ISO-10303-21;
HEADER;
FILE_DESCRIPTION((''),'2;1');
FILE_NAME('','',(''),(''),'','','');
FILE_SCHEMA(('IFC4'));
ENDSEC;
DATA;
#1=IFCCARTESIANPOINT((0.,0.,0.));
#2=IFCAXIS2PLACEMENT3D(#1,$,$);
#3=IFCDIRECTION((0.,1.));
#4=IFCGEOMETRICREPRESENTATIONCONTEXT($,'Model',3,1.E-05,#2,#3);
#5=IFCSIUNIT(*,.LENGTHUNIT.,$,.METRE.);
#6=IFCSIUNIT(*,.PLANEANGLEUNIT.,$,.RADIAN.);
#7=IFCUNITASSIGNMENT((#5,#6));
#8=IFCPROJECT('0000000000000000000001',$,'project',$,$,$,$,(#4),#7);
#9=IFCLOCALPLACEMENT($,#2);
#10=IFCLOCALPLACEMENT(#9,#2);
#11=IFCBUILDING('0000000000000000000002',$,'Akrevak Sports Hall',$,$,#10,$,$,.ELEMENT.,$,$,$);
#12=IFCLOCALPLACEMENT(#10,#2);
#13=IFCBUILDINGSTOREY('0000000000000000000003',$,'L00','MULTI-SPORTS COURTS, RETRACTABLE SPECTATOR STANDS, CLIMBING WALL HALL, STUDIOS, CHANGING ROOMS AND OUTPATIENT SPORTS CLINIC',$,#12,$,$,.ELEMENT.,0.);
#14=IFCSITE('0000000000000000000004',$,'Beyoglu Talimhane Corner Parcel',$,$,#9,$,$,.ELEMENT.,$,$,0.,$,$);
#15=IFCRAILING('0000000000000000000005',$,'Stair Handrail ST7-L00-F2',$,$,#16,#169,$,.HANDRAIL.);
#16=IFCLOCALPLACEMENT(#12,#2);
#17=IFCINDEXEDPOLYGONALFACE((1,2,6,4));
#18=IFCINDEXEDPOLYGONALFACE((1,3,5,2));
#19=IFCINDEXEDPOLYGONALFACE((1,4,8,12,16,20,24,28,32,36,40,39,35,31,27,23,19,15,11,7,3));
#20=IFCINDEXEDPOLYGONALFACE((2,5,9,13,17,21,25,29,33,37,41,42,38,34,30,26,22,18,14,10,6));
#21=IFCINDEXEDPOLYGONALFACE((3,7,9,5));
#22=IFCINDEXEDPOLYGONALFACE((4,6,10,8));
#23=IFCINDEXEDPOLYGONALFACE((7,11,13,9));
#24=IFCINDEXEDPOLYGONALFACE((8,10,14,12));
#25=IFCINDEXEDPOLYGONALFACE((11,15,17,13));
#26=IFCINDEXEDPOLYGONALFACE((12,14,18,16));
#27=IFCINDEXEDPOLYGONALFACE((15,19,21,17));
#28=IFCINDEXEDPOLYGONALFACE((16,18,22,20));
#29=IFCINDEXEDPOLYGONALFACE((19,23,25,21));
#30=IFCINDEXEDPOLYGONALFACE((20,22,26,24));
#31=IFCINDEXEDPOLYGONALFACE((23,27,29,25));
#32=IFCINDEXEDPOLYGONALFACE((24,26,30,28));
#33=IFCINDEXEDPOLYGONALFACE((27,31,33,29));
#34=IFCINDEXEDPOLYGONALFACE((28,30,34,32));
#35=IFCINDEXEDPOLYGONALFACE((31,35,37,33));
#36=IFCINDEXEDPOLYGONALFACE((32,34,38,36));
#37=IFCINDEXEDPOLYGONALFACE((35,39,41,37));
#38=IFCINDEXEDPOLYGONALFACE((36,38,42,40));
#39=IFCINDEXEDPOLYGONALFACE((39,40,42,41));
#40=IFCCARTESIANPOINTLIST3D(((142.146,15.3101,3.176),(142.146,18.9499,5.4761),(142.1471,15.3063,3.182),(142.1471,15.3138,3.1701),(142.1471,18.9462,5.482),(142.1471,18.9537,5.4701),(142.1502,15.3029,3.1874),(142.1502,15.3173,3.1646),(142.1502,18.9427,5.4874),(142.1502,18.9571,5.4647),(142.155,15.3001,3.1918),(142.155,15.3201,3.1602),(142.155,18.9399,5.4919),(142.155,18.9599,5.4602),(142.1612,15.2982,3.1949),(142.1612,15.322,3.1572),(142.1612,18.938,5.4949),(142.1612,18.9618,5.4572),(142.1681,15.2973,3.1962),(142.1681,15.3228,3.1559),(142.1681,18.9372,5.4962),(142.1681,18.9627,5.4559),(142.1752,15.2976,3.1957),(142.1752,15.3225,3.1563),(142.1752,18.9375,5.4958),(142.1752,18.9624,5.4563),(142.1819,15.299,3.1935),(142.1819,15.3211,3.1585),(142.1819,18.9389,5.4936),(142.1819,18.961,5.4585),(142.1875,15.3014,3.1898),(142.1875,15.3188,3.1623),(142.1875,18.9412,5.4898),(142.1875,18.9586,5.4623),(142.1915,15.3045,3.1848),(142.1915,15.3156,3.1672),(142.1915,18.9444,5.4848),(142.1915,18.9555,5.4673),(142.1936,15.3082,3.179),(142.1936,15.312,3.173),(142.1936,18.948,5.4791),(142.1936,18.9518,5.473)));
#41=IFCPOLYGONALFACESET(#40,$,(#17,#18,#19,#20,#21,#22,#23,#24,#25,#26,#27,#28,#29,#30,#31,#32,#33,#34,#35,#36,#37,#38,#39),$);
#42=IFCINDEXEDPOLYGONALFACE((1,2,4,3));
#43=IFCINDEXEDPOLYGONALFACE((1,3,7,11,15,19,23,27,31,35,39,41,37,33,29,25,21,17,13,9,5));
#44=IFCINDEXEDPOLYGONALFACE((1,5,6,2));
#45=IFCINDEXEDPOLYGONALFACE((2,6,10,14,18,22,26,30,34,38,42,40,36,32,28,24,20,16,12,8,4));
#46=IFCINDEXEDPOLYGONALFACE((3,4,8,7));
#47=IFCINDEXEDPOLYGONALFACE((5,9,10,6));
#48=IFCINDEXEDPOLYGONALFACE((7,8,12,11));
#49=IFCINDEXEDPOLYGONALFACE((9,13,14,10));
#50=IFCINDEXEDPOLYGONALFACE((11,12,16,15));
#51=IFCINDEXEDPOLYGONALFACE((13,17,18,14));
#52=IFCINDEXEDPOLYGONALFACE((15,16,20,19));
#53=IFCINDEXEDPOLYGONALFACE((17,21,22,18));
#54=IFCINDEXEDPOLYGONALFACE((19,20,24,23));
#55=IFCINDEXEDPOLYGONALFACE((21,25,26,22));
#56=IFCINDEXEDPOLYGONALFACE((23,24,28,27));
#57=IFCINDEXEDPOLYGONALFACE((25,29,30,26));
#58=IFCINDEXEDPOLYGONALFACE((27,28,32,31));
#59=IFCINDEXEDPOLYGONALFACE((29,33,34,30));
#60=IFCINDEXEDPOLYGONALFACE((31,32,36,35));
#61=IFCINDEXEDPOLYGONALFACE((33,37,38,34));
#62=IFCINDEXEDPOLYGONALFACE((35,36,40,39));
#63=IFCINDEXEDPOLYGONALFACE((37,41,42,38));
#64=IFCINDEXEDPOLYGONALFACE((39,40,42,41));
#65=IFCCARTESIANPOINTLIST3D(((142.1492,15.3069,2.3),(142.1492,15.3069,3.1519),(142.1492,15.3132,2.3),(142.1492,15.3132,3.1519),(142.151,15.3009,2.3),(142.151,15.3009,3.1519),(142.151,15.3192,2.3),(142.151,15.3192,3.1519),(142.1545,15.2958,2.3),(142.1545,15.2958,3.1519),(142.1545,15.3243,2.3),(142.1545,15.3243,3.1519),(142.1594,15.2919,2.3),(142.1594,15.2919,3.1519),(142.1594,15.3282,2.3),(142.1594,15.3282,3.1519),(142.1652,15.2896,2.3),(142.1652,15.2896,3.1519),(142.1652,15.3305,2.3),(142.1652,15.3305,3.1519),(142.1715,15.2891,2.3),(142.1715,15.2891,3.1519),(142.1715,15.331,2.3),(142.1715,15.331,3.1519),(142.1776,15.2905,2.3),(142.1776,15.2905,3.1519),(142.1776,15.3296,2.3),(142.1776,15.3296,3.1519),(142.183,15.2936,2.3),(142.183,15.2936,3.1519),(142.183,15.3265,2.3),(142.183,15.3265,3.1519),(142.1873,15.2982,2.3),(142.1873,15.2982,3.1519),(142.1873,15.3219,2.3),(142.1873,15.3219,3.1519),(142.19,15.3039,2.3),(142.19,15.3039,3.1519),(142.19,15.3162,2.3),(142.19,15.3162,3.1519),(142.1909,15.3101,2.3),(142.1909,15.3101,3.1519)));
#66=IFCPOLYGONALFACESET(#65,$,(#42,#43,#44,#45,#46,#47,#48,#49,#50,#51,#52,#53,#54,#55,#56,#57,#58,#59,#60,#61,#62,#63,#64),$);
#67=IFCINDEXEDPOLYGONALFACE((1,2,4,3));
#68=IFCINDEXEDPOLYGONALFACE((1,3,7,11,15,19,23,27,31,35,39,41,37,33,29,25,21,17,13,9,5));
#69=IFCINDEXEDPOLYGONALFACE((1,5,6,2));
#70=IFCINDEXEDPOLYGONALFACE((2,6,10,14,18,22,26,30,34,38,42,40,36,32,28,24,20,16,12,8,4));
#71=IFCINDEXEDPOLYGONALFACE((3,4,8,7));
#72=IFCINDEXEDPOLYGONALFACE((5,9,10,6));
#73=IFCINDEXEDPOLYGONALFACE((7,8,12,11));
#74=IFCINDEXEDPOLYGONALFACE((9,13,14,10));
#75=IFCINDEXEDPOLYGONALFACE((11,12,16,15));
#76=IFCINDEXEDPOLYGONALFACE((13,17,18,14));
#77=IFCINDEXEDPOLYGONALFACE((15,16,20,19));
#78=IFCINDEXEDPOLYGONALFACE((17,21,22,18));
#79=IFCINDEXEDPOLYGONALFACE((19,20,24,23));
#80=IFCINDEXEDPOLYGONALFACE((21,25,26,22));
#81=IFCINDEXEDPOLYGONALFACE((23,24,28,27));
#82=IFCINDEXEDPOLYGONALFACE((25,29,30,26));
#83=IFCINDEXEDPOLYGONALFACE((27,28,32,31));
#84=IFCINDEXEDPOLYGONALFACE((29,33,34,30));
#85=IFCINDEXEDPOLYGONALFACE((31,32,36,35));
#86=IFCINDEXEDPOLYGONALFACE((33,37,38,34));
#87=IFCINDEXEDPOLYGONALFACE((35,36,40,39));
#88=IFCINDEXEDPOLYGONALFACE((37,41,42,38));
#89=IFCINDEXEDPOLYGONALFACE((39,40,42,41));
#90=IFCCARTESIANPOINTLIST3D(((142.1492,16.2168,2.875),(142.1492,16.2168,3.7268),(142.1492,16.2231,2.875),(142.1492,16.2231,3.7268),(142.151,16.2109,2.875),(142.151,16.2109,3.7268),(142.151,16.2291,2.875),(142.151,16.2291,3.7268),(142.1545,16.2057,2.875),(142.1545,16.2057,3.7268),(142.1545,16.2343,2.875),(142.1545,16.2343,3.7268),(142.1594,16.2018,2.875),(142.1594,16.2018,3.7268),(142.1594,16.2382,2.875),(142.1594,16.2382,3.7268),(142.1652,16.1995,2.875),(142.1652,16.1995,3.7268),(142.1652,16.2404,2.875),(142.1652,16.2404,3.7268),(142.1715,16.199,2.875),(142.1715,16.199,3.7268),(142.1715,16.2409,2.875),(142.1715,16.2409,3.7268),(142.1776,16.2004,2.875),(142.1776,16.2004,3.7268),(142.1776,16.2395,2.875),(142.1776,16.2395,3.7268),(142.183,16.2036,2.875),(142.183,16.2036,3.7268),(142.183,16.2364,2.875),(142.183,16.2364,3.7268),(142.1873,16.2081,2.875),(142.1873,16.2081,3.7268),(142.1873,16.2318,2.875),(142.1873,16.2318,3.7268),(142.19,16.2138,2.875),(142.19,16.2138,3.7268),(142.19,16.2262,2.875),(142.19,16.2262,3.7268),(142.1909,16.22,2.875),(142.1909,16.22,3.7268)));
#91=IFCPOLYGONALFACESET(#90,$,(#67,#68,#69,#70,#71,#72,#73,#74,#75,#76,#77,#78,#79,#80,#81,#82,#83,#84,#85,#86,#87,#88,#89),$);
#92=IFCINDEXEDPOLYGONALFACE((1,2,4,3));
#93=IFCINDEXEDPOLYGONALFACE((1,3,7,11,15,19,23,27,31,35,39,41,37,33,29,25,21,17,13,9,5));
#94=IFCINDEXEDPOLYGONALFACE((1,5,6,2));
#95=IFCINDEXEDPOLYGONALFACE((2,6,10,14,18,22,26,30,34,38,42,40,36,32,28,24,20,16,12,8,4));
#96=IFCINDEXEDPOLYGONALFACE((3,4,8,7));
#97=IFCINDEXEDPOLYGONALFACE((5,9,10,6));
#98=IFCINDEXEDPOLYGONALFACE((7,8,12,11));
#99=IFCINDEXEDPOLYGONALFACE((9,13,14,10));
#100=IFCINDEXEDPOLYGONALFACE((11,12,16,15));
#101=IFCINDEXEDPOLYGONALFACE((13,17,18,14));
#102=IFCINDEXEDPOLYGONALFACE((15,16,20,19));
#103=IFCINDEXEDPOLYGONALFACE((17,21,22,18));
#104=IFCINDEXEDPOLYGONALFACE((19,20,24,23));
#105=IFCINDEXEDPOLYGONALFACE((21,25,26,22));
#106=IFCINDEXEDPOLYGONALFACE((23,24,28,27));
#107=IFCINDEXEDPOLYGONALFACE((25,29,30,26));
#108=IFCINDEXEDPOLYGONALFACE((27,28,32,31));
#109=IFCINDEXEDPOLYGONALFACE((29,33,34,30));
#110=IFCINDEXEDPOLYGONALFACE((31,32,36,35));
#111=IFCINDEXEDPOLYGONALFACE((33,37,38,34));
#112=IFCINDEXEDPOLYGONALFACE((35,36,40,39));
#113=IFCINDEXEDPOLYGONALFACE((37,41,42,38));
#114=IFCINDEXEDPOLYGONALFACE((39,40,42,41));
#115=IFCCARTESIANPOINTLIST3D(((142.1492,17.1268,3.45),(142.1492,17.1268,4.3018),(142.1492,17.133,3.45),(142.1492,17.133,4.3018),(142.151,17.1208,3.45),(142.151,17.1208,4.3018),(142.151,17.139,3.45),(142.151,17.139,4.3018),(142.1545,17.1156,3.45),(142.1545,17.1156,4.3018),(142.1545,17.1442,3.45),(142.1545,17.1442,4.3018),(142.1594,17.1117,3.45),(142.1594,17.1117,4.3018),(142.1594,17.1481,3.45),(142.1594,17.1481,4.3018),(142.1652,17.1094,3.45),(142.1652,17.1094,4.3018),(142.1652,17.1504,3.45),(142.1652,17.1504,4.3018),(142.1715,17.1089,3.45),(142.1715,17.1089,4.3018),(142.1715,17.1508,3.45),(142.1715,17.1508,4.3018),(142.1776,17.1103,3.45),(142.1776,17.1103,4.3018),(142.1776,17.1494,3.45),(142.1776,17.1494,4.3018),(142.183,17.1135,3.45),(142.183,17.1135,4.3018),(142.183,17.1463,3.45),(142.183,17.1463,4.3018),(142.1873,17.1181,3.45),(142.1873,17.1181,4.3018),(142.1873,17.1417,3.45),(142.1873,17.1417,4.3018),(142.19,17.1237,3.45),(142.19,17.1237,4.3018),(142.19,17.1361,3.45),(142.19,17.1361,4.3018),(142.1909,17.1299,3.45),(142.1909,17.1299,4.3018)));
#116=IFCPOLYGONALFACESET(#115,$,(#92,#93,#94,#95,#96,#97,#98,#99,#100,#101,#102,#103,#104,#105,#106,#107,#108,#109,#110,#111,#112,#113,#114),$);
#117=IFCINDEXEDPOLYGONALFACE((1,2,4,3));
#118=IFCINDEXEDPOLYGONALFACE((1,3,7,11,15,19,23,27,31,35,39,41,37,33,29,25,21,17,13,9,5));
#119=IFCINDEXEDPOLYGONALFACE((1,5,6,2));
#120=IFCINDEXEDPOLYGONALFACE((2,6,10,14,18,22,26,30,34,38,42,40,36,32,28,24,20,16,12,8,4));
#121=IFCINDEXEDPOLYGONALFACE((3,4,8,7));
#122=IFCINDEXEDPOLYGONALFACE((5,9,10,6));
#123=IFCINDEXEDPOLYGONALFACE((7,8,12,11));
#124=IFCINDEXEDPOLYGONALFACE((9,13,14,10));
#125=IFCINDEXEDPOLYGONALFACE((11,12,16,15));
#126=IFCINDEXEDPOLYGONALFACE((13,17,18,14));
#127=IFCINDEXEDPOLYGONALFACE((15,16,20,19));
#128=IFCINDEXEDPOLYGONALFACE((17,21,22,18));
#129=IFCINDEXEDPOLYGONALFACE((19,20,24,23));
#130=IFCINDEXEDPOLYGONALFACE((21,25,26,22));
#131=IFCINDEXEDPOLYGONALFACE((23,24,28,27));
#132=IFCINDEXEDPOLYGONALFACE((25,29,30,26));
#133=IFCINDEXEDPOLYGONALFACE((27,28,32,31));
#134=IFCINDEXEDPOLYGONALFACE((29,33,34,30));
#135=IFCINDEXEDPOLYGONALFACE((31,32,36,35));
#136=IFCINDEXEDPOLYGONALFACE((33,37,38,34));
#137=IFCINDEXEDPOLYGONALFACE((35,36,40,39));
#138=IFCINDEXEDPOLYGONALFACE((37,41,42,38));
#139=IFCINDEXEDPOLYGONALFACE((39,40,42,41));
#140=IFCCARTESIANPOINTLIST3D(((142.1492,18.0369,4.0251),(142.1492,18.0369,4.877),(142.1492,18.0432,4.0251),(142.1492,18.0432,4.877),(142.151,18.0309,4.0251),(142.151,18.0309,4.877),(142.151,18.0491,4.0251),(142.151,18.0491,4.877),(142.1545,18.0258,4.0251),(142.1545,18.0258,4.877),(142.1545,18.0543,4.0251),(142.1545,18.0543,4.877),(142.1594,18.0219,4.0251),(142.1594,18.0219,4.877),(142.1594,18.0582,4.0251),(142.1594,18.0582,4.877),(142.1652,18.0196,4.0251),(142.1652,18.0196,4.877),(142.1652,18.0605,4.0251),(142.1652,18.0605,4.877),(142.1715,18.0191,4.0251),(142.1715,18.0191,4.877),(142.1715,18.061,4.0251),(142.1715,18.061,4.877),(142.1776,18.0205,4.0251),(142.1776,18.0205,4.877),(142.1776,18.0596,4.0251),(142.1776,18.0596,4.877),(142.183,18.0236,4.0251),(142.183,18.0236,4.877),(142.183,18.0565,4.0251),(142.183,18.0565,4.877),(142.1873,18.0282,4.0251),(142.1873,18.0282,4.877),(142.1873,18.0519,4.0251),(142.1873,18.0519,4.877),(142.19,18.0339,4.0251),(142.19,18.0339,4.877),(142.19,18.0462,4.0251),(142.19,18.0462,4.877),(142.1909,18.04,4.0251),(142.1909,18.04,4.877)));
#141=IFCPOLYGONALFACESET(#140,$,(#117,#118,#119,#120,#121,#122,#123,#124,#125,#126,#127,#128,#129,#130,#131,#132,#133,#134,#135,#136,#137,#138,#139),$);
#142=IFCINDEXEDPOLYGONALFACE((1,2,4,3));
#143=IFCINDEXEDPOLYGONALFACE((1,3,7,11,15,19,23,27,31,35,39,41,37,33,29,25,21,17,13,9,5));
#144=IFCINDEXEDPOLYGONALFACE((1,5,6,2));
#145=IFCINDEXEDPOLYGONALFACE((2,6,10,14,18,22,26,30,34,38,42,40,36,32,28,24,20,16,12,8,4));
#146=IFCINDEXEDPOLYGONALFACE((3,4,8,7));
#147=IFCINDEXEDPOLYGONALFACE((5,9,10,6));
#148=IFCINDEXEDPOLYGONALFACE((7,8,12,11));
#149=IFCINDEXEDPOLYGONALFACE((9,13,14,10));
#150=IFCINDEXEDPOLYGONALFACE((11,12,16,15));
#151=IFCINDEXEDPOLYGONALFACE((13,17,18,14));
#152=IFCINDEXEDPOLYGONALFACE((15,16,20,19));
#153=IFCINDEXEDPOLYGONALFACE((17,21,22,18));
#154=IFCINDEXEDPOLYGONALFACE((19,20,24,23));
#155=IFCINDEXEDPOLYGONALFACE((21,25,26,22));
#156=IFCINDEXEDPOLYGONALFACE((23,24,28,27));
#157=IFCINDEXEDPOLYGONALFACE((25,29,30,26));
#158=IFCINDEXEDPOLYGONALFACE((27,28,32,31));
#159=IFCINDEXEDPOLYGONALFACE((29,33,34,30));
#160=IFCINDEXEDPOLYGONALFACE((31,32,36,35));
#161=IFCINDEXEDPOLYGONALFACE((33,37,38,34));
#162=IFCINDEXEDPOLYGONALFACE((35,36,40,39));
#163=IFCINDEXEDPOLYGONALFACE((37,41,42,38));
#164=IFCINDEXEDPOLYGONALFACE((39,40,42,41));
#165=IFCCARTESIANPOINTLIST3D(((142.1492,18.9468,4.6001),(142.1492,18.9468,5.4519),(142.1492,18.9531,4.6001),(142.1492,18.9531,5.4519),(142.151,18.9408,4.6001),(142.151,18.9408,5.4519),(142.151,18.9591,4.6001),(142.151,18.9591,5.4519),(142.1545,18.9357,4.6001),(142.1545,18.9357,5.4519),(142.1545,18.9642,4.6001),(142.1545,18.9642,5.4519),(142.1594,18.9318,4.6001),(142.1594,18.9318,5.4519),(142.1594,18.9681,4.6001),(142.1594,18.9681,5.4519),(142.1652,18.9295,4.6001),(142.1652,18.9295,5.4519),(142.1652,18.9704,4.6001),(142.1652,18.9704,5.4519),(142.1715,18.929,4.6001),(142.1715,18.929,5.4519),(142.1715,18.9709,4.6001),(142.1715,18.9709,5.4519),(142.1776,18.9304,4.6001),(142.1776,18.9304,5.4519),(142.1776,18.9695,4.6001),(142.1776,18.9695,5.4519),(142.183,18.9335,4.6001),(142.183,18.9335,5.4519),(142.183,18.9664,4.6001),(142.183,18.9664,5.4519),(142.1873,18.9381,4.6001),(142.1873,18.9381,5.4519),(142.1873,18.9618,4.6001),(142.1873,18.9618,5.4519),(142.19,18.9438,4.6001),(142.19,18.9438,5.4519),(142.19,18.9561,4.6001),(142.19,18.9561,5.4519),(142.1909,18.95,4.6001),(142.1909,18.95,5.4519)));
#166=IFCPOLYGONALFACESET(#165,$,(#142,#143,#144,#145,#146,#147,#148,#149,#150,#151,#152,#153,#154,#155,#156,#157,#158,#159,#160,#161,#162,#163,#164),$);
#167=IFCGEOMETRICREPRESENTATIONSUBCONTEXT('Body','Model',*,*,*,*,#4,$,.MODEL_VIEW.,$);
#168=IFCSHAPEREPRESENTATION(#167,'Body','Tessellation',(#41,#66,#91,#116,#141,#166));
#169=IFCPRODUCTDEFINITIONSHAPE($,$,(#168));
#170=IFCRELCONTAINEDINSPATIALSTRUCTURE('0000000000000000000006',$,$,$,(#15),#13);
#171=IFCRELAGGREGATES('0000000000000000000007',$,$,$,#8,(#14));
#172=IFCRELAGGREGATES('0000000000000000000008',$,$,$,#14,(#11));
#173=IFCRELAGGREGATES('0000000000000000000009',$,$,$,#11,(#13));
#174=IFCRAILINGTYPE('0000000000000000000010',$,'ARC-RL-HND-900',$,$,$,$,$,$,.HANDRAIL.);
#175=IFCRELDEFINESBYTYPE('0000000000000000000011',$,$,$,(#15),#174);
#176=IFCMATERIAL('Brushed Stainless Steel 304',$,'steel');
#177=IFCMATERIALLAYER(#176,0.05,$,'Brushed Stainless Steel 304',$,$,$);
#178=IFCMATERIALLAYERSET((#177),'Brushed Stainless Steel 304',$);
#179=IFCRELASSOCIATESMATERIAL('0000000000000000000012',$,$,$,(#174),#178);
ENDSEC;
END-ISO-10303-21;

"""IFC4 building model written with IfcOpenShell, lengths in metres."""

from ifc_helpers import new_model, si_unit, direction, frame, origin, origin_2d, place, context, subcontext, project, spatial, circle, extrude, material, layer, layer_set, type_object, element, save


model = new_model("IFC4")

# Units and contexts
model_context = context("Model", 3, precision=1e-05, world=origin(), true_north=direction((0.0, 1.0)))
body_context = subcontext(model_context, "Body", "Model", "MODEL_VIEW")
ifc_project = project(units=[si_unit("LENGTHUNIT", "METRE"), si_unit("PLANEANGLEUNIT", "RADIAN")], contexts=[model_context])

# Site, building, storey
site_placement = place(None, origin())
site = spatial("IfcSite", under=ifc_project, at=site_placement, Name="Beyoglu Talimhane Corner Parcel", CompositionType="ELEMENT", RefElevation=0.0)
building_placement = place(site_placement, origin())
building = spatial("IfcBuilding", under=site, at=building_placement, Name="Akrevak Sports Hall", CompositionType="ELEMENT")
storey_placement = place(building_placement, origin())
storey = spatial("IfcBuildingStorey", under=building, at=storey_placement, Name="L00", Description="MULTI-SPORTS COURTS, RETRACTABLE SPECTATOR STANDS, CLIMBING WALL HALL, STUDIOS, CHANGING ROOMS AND OUTPATIENT SPORTS CLINIC", CompositionType="ELEMENT", Elevation=0.0)

# Railing
ifc_material_1 = material(Name="Brushed Stainless Steel 304", Category="steel")
ifc_layer_1 = layer(ifc_material_1, 0.05, Name="Brushed Stainless Steel 304")
ifc_layer_set_1 = layer_set([ifc_layer_1], Name="Brushed Stainless Steel 304")
railing_type_1 = type_object("IfcRailingType", Name="ARC-RL-HND-900", PredefinedType="HANDRAIL", material=ifc_layer_set_1)
railing_1_placement = place(storey_placement, frame((142.1699, 15.3101, 2.3)))
element("IfcRailing", 1, at=railing_1_placement, inside=storey, type_object=railing_type_1, Name="Stair Handrail ST7-L00-F2", PredefinedType="HANDRAIL", context=body_context, shape_type="SweptSolid", body=[
    extrude(circle(Radius=0.0239, at=origin_2d()), frame((0.0, 0.0, 0.876), z_axis=(0.0, 0.845366, 0.534187), x_axis=(-1.0, 0.0, 0.0)), (0.0, 0.0, 1.0), 4.3057),
    extrude(circle(Radius=0.021, at=origin_2d()), origin(), (0.0, 0.0, 1.0), 0.8518),
    extrude(circle(Radius=0.021, at=origin_2d()), frame((0.0, 0.9099, 0.575)), (0.0, 0.0, 1.0), 0.8518),
    extrude(circle(Radius=0.021, at=origin_2d()), frame((0.0, 1.8198, 1.1499)), (0.0, 0.0, 1.0), 0.8518),
    extrude(circle(Radius=0.021, at=origin_2d()), frame((0.0, 2.73, 1.7251)), (0.0, 0.0, 1.0), 0.8518),
    extrude(circle(Radius=0.021, at=origin_2d()), frame((0.0, 3.6399, 2.3)), (0.0, 0.0, 1.0), 0.8518),
])

save(model, "model.ifc")
